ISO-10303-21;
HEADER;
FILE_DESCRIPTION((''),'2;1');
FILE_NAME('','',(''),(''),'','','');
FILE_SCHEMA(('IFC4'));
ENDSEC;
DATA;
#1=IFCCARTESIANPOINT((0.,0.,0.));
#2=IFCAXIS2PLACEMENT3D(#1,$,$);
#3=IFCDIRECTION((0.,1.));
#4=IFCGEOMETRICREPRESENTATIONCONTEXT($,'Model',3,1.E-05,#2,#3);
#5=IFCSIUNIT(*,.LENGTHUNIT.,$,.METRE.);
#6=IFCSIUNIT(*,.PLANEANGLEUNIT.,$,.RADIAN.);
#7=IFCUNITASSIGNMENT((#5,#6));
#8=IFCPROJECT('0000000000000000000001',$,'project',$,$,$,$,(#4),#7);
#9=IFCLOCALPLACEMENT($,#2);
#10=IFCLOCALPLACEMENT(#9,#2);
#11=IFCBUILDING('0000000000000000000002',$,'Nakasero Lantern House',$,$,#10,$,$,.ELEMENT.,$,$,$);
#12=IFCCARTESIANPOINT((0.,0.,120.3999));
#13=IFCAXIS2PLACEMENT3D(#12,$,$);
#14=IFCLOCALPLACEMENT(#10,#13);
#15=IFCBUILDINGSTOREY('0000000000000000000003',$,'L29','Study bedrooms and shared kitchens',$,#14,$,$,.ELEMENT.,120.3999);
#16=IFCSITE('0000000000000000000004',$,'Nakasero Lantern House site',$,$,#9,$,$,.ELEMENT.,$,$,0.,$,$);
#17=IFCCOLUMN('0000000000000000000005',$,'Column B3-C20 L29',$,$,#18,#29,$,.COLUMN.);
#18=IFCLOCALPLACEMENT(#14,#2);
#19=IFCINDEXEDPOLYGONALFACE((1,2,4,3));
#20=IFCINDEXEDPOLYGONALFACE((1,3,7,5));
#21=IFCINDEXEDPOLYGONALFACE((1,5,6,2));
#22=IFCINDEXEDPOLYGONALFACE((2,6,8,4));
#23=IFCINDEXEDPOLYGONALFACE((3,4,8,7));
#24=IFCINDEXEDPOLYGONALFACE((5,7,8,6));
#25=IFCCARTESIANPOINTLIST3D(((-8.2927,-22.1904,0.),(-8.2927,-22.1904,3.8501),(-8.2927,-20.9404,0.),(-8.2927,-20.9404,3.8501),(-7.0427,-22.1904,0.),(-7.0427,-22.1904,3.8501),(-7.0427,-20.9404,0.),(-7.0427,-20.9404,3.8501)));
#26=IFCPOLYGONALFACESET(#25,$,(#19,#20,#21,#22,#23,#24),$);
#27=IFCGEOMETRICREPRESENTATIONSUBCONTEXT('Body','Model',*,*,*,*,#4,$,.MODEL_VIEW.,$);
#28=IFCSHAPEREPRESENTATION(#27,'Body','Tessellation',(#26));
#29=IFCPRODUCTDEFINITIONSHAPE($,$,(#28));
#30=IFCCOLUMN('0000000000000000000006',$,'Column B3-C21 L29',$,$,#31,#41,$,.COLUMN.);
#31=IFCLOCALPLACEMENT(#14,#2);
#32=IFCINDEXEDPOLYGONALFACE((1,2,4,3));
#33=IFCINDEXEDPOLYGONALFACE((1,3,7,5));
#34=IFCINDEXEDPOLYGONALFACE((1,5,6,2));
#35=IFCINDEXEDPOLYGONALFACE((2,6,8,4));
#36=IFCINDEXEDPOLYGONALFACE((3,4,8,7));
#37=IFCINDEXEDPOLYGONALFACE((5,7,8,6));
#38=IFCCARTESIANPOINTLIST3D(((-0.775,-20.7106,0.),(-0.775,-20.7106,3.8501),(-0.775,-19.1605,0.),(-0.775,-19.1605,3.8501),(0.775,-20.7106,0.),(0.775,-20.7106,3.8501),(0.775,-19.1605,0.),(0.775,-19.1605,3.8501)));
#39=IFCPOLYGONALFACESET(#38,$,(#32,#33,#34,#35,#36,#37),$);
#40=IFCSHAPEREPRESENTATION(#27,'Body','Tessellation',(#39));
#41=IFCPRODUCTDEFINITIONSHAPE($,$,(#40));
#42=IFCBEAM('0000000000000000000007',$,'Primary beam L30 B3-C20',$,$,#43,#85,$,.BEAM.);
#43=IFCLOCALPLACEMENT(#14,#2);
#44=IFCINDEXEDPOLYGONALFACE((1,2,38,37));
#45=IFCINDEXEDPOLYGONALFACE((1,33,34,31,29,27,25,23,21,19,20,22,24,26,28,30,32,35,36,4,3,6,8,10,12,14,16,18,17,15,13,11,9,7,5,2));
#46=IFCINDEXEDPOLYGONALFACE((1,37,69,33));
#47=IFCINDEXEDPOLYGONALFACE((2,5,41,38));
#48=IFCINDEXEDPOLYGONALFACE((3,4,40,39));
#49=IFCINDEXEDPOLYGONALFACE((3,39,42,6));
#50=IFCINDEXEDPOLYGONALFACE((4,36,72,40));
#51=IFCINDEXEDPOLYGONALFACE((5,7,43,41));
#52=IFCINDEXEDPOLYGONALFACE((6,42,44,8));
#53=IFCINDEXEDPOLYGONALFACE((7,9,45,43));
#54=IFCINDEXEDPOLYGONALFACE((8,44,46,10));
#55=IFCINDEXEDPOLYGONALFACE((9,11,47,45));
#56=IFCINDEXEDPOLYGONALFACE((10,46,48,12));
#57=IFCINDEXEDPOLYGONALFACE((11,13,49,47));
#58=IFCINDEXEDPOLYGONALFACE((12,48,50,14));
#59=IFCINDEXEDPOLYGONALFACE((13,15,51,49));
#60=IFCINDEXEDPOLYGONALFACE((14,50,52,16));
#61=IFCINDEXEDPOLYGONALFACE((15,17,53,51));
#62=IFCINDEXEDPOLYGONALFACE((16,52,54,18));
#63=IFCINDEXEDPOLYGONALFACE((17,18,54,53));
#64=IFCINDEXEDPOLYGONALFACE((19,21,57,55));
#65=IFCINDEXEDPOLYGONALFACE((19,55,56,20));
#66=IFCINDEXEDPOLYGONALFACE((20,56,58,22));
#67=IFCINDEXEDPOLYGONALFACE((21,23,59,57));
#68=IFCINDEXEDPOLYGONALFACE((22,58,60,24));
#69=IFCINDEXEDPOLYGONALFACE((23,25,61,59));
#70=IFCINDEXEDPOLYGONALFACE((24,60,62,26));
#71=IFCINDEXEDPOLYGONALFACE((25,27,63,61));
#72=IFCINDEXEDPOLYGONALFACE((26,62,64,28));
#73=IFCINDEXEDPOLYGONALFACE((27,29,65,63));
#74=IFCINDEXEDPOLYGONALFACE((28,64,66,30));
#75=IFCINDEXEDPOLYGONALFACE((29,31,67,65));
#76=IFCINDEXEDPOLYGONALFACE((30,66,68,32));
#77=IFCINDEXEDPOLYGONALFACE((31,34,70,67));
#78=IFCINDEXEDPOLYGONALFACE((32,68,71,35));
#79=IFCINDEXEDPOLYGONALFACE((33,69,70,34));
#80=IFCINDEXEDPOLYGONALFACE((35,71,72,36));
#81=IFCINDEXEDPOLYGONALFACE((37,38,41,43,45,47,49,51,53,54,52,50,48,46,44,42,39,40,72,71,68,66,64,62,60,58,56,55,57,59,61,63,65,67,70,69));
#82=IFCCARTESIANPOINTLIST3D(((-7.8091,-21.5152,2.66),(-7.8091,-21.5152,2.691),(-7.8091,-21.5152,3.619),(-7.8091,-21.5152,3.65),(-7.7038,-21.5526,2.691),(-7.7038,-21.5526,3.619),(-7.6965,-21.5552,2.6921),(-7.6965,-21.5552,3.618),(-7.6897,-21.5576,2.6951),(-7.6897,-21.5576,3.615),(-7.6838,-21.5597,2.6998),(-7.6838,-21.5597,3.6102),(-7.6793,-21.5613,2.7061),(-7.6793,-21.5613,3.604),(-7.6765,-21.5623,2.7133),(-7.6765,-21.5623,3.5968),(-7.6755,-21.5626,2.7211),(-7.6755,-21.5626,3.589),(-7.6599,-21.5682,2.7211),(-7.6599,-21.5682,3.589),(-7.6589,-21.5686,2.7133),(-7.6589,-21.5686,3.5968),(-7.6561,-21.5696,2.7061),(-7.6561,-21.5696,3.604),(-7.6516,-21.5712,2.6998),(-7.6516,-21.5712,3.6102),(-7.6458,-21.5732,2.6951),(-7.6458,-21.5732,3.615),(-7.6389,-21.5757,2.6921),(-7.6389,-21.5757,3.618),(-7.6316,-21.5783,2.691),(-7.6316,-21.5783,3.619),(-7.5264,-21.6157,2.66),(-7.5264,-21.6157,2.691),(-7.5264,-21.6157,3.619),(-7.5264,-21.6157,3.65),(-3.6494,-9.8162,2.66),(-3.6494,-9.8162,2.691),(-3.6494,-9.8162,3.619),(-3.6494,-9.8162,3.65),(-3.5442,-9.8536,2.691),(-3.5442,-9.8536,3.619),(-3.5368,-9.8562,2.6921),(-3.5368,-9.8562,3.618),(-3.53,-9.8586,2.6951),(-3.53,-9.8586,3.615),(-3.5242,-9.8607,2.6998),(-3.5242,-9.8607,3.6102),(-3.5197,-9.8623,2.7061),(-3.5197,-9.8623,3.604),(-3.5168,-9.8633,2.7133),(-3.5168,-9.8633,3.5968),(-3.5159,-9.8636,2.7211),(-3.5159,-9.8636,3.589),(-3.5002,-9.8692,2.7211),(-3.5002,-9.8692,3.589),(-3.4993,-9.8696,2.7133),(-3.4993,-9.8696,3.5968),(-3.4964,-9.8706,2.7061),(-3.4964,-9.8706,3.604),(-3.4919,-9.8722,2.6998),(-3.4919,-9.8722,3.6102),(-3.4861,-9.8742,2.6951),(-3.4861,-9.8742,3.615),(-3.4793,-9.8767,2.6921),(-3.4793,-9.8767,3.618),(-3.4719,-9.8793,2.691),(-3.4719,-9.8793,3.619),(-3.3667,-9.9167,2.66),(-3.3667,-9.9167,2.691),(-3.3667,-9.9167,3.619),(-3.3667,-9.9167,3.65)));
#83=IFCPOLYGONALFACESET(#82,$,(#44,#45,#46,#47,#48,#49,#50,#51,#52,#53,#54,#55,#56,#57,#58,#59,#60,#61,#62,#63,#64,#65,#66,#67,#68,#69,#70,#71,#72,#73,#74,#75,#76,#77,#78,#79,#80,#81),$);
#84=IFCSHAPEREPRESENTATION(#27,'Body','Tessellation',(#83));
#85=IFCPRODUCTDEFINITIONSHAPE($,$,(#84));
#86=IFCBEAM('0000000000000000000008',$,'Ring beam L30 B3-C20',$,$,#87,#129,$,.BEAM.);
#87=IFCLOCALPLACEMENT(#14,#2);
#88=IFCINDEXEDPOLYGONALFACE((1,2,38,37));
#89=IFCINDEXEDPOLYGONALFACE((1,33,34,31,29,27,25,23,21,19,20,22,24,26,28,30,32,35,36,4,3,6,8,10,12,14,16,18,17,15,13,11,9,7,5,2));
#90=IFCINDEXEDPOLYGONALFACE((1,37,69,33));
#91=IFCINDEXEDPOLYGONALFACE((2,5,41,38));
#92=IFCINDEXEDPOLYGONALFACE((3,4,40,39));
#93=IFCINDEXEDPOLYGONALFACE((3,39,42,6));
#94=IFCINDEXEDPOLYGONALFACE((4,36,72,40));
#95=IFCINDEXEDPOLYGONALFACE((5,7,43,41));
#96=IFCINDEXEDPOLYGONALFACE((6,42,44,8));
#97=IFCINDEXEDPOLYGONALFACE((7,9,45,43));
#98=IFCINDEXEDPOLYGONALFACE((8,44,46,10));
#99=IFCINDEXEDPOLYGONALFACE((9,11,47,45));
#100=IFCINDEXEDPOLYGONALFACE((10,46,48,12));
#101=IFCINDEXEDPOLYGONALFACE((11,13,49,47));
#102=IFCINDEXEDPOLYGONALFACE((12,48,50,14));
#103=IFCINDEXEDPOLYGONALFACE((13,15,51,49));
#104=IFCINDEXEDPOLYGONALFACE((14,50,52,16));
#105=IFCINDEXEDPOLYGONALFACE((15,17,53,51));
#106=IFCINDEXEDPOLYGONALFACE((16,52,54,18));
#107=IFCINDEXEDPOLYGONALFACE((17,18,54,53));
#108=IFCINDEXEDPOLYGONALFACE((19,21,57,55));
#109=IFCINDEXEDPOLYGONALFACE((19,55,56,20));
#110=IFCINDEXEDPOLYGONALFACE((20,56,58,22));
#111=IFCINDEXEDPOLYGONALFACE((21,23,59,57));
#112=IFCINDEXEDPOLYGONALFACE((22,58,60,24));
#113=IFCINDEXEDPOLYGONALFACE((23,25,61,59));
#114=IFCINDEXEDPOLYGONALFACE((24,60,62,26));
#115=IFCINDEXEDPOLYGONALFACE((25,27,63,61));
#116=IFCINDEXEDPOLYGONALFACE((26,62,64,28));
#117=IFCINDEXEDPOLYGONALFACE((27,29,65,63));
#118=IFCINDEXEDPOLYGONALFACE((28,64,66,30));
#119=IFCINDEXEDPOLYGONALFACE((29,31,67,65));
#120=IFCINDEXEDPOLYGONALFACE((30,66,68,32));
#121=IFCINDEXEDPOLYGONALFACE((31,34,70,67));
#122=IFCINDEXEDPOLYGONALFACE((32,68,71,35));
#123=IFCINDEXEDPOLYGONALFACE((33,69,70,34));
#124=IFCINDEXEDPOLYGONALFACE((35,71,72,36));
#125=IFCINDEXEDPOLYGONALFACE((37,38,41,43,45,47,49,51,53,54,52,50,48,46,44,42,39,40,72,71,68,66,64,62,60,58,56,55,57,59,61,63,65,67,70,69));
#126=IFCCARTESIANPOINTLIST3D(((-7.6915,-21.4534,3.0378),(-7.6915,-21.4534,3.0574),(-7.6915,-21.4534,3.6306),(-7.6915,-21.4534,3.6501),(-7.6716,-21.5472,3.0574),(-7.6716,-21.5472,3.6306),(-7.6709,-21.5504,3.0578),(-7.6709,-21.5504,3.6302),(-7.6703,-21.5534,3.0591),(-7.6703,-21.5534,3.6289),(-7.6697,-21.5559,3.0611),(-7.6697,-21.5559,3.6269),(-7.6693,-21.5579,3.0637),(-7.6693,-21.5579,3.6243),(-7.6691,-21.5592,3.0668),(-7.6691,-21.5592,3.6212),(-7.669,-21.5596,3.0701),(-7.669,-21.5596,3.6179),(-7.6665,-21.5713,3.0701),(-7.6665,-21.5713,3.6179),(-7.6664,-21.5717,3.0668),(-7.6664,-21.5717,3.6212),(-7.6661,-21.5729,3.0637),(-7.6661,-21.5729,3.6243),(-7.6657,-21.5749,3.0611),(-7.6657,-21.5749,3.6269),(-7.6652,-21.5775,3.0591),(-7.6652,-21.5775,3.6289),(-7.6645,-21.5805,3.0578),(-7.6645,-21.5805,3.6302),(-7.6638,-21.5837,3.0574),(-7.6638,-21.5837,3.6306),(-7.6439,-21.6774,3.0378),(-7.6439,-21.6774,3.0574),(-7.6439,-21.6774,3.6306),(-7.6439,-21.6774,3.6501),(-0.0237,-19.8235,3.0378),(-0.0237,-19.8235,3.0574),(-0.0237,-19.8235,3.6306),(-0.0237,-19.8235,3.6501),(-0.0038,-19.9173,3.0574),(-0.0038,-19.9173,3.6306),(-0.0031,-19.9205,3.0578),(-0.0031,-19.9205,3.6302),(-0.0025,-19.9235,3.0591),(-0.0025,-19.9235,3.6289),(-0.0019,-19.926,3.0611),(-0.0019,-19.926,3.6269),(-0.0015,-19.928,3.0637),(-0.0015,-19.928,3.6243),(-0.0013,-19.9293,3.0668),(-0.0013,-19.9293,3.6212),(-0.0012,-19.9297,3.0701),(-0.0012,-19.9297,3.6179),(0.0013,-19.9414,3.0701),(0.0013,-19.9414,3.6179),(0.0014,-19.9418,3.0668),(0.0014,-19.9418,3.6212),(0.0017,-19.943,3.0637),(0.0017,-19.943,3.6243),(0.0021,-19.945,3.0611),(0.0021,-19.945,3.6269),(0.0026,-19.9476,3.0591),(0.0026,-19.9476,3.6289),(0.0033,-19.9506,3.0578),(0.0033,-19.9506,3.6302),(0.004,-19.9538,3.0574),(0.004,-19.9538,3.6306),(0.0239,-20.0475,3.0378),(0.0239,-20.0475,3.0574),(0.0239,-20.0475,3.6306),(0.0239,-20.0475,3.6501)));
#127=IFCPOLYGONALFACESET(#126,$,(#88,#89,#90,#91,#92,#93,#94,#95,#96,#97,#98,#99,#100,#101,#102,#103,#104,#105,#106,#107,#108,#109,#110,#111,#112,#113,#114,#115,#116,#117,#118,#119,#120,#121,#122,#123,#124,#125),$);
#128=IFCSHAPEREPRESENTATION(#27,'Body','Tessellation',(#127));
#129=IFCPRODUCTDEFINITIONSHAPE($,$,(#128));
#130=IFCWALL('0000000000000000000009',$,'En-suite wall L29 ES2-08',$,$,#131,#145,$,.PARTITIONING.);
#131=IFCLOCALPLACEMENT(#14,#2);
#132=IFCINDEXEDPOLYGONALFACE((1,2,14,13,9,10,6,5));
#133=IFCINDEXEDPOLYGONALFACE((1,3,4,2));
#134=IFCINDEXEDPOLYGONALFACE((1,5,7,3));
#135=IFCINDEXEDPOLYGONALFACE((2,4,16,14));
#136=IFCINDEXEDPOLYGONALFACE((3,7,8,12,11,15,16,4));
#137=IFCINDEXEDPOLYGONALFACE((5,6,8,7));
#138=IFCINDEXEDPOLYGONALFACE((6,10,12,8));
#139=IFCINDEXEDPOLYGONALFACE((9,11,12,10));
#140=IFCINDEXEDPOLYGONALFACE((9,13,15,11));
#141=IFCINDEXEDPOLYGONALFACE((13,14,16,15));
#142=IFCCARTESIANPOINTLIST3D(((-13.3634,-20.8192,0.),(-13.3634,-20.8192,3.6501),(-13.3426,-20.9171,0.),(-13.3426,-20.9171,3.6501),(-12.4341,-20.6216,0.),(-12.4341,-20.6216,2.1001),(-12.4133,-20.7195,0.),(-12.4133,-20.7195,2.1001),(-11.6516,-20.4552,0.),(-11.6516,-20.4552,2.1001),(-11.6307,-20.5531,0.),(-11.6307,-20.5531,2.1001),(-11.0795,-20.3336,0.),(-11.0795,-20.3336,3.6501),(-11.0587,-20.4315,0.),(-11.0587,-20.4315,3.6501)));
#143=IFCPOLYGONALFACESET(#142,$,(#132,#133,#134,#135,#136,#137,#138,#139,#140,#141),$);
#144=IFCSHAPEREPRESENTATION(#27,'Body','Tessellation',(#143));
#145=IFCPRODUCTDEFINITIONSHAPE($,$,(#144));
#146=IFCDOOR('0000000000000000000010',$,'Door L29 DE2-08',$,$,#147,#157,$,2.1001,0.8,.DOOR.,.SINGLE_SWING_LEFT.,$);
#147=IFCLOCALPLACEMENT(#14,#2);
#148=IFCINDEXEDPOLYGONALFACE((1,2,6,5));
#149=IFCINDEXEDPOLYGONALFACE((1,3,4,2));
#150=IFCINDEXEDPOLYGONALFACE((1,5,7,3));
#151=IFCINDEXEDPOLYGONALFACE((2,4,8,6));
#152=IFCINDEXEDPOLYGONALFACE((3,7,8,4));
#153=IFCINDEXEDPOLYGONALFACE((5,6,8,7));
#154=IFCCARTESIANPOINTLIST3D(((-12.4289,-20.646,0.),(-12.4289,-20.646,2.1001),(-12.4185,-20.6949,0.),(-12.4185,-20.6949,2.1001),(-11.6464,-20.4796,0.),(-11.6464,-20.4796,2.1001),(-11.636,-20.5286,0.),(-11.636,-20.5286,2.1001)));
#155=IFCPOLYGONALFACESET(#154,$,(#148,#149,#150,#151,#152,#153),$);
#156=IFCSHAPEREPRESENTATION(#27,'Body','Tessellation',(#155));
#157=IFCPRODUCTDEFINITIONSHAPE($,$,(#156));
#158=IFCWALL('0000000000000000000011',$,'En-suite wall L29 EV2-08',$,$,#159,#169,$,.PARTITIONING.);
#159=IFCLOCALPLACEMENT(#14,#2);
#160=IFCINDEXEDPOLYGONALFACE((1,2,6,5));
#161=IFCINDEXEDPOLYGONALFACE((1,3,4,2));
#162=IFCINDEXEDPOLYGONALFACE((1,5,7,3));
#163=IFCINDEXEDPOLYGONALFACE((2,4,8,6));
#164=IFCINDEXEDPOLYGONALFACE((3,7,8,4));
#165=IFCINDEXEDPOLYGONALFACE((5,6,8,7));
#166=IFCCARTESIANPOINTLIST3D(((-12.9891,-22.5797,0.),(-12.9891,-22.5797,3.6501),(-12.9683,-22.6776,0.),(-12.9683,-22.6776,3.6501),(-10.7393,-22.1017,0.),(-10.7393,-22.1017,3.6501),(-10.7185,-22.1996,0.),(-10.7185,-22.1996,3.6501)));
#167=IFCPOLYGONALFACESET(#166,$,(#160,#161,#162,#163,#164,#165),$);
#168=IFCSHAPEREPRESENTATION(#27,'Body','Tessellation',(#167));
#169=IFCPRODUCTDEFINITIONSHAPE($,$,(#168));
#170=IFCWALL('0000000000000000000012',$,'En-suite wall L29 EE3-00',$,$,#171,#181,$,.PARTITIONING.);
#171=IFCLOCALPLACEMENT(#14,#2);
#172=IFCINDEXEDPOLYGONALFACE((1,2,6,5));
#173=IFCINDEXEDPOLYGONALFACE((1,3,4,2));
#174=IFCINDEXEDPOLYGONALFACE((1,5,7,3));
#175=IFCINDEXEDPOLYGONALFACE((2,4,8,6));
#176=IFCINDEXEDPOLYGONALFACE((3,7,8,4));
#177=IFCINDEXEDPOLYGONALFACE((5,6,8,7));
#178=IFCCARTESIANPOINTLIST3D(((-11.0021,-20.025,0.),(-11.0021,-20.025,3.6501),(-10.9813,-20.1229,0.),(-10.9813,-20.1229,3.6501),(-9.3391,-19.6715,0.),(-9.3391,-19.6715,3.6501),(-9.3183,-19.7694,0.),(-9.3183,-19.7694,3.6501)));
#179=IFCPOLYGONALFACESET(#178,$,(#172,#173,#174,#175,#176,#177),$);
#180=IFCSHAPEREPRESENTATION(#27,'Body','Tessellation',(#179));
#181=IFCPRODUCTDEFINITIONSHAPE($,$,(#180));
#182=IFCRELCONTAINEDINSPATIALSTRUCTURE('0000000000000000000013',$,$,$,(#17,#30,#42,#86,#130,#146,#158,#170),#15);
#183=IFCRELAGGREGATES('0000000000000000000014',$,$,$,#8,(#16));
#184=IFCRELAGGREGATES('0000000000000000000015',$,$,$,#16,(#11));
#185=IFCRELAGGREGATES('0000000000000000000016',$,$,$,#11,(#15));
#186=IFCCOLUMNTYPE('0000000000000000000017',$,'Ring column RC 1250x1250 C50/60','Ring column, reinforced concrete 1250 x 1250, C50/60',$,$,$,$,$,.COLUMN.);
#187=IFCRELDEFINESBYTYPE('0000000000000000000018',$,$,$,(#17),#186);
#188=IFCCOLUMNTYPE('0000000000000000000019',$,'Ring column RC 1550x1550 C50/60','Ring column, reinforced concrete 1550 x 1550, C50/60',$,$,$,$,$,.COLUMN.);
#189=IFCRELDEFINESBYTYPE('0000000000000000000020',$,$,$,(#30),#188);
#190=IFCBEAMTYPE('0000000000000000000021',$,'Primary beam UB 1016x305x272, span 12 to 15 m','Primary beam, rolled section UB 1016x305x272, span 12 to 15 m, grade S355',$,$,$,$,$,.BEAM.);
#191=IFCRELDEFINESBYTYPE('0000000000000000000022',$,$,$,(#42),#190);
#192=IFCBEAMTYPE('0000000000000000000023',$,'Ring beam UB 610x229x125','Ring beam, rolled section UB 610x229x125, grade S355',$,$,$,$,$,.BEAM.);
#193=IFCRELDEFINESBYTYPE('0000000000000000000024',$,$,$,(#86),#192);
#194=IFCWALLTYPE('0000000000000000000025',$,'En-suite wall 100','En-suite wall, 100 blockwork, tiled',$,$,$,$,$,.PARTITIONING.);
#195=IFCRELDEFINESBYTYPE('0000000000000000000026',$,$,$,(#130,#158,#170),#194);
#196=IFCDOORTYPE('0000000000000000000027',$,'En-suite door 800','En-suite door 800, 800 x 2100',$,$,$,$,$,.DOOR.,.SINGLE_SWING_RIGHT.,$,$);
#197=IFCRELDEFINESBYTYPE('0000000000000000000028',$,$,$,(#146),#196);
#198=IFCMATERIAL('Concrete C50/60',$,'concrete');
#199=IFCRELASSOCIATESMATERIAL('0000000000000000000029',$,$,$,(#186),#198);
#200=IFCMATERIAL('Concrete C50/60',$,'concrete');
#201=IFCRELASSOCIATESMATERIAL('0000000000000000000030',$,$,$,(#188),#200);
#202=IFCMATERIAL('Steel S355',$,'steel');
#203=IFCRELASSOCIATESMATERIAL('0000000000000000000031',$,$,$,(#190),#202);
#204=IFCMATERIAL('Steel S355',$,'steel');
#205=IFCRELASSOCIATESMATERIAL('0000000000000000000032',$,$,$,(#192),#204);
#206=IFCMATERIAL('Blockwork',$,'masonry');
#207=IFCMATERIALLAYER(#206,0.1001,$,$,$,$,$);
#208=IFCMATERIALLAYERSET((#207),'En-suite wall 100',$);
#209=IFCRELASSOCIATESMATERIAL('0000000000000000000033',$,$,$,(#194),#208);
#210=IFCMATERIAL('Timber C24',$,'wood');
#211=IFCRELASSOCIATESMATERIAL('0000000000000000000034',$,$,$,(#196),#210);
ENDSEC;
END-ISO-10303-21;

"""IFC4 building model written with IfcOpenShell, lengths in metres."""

from ifc_helpers import new_model, si_unit, direction, frame, frame_2d, origin, origin_2d, place, context, subcontext, project, spatial, rectangle, i_section, extrude, material, layer, layer_set, material_profile, profile_set, type_object, element, fill, save


model = new_model("IFC4")

# Units and contexts
model_context = context("Model", 3, precision=1e-05, world=origin(), true_north=direction((0.0, 1.0)))
body_context = subcontext(model_context, "Body", "Model", "MODEL_VIEW")
ifc_project = project(units=[si_unit("LENGTHUNIT", "METRE"), si_unit("PLANEANGLEUNIT", "RADIAN")], contexts=[model_context])

# Site, building, storey
site_placement = place(None, origin())
site = spatial("IfcSite", under=ifc_project, at=site_placement, Name="Nakasero Lantern House site", CompositionType="ELEMENT", RefElevation=0.0)
building_placement = place(site_placement, origin())
building = spatial("IfcBuilding", under=site, at=building_placement, Name="Nakasero Lantern House", CompositionType="ELEMENT")
storey_placement = place(building_placement, frame((0.0, 0.0, 120.3999)))
storey = spatial("IfcBuildingStorey", under=building, at=storey_placement, Name="L29", Description="Study bedrooms and shared kitchens", CompositionType="ELEMENT", Elevation=120.3999)

# Columns
ifc_material_1 = material(Name="Concrete C50/60", Category="concrete")
ifc_material_profile_1 = material_profile(ifc_material_1, rectangle(XDim=1.25, YDim=1.25, at=origin_2d()), Name="RC 1250x1250")
ifc_profile_set_1 = profile_set([ifc_material_profile_1], Name="Concrete C50/60")
column_type_1 = type_object("IfcColumnType", Name="Ring column RC 1250x1250 C50/60", Description="Ring column, reinforced concrete 1250 x 1250, C50/60", PredefinedType="COLUMN", material=ifc_profile_set_1)
column_1_placement = place(storey_placement, frame((-7.6677, -21.5654, 0.0), z_axis=(0.0, 0.0, 1.0), x_axis=(1.0, 0.0, 0.0)))
element("IfcColumn", 1, at=column_1_placement, inside=storey, type_object=column_type_1, Name="Column B3-C20 L29", PredefinedType="COLUMN", context=body_context, shape_type="SweptSolid", body=[
    extrude(rectangle(XDim=1.25, YDim=1.25, at=origin_2d()), origin(), (0.0, 0.0, 1.0), 3.8501),
])
ifc_material_2 = material(Name="Concrete C50/60", Category="concrete")
ifc_material_profile_2 = material_profile(ifc_material_2, rectangle(XDim=1.55, YDim=1.55, at=origin_2d()), Name="RC 1550x1550")
ifc_profile_set_2 = profile_set([ifc_material_profile_2], Name="Concrete C50/60")
column_type_2 = type_object("IfcColumnType", Name="Ring column RC 1550x1550 C50/60", Description="Ring column, reinforced concrete 1550 x 1550, C50/60", PredefinedType="COLUMN", material=ifc_profile_set_2)
column_2_placement = place(storey_placement, frame((0.0, -19.9355, 0.0), z_axis=(0.0, 0.0, 1.0), x_axis=(1.0, 0.0, 0.0)))
element("IfcColumn", 2, at=column_2_placement, inside=storey, type_object=column_type_2, Name="Column B3-C21 L29", PredefinedType="COLUMN", context=body_context, shape_type="SweptSolid", body=[
    extrude(rectangle(XDim=1.55, YDim=1.55, at=origin_2d()), origin(), (0.0, 0.0, 1.0), 3.8501),
])

# Beams
ifc_material_3 = material(Name="Steel S355", Category="steel")
ifc_material_profile_3 = material_profile(ifc_material_3, i_section(OverallWidth=0.3, OverallDepth=0.99, WebThickness=0.0166, FlangeThickness=0.031, FilletRadius=0.03, at=origin_2d()), Name="UB 1016x305x272")
ifc_profile_set_3 = profile_set([ifc_material_profile_3], Name="Steel S355")
beam_type_1 = type_object("IfcBeamType", Name="Primary beam UB 1016x305x272, span 12 to 15 m", Description="Primary beam, rolled section UB 1016x305x272, span 12 to 15 m, grade S355", PredefinedType="BEAM", material=ifc_profile_set_3)
beam_1_placement = place(storey_placement, frame((-7.6677, -21.5654, 3.155), z_axis=(0.335012, 0.942214, 0.0), x_axis=(-0.942214, 0.335012, 0.0)))
element("IfcBeam", 3, at=beam_1_placement, inside=storey, type_object=beam_type_1, Name="Primary beam L30 B3-C20", PredefinedType="BEAM", context=body_context, shape_type="SweptSolid", body=[
    extrude(i_section(OverallWidth=0.3, OverallDepth=0.99, WebThickness=0.0166, FlangeThickness=0.031, FilletRadius=0.03, at=origin_2d()), origin(), (0.0, 0.0, 1.0), 12.4165),
])
ifc_material_4 = material(Name="Steel S355", Category="steel")
ifc_material_profile_4 = material_profile(ifc_material_4, i_section(OverallWidth=0.229, OverallDepth=0.6123, WebThickness=0.012, FlangeThickness=0.0195, FilletRadius=0.0127, at=origin_2d()), Name="UB 610x229x125")
ifc_profile_set_4 = profile_set([ifc_material_profile_4], Name="Steel S355")
beam_type_2 = type_object("IfcBeamType", Name="Ring beam UB 610x229x125", Description="Ring beam, rolled section UB 610x229x125, grade S355", PredefinedType="BEAM", material=ifc_profile_set_4)
beam_2_placement = place(storey_placement, frame((-7.6677, -21.5654, 3.344), z_axis=(0.978146, 0.207919, 0.0), x_axis=(-0.207919, 0.978146, 0.0)))
element("IfcBeam", 4, at=beam_2_placement, inside=storey, type_object=beam_type_2, Name="Ring beam L30 B3-C20", PredefinedType="BEAM", context=body_context, shape_type="SweptSolid", body=[
    extrude(i_section(OverallWidth=0.229, OverallDepth=0.6123, WebThickness=0.012, FlangeThickness=0.0195, FilletRadius=0.0127, at=origin_2d()), origin(), (0.0, 0.0, 1.0), 7.8391),
])

# Wall, opening, door
ifc_material_5 = material(Name="Blockwork", Category="masonry")
ifc_layer_1 = layer(ifc_material_5, 0.1001)
ifc_layer_set_1 = layer_set([ifc_layer_1], Name="En-suite wall 100")
wall_type_1 = type_object("IfcWallType", Name="En-suite wall 100", Description="En-suite wall, 100 blockwork, tiled", PredefinedType="PARTITIONING", material=ifc_layer_set_1)
wall_1_placement = place(storey_placement, frame((-11.0691, -20.3826, 0.0), z_axis=(0.0, 0.0, 1.0), x_axis=(-0.978136, -0.207965, 0.0)))
wall_1 = element("IfcWall", 5, at=wall_1_placement, inside=storey, type_object=wall_type_1, Name="En-suite wall L29 ES2-08", PredefinedType="PARTITIONING", context=body_context, shape_type="SweptSolid", body=[
    extrude(rectangle(XDim=2.335, YDim=0.1001, at=frame_2d((1.1675, 0.0))), origin(), (0.0, 0.0, 1.0), 3.6501),
])
opening_1_placement = place(wall_1_placement, frame((0.585, 0.0, 0.0)))
opening_1 = element("IfcOpeningElement", 6, at=opening_1_placement, cuts=wall_1, PredefinedType="OPENING", context=body_context, shape_type="SweptSolid", body=[
    extrude(rectangle(XDim=0.8, YDim=2.1001, at=frame_2d((0.3999, 1.05))), frame((0.0, 0.0701, 0.0), z_axis=(0.0, -1.0, 0.0), x_axis=(1.0, 0.0, 0.0)), (0.0, 0.0, 1.0), 0.1401),
])
ifc_material_6 = material(Name="Timber C24", Category="wood")
door_type_1 = type_object("IfcDoorType", Name="En-suite door 800", Description="En-suite door 800, 800 x 2100", OperationType="SINGLE_SWING_RIGHT", PredefinedType="DOOR", material=ifc_material_6)
door_1_placement = place(opening_1_placement, origin())
door_1 = element("IfcDoor", 7, at=door_1_placement, inside=storey, type_object=door_type_1, Name="Door L29 DE2-08", OperationType="SINGLE_SWING_LEFT", OverallHeight=2.1001, OverallWidth=0.8, PredefinedType="DOOR", context=body_context, shape_type="SweptSolid", body=[
    extrude(rectangle(XDim=0.8, YDim=2.1001, at=frame_2d((0.3999, 1.05))), frame((0.0, 0.0249, 0.0), z_axis=(0.0, -1.0, 0.0), x_axis=(1.0, 0.0, 0.0)), (0.0, 0.0, 1.0), 0.05),
])
fill(opening_1, door_1)

# Walls
wall_2_placement = place(storey_placement, frame((-10.729, -22.1506, 0.0), z_axis=(0.0, 0.0, 1.0), x_axis=(-0.978163, -0.20784, 0.0)))
element("IfcWall", 8, at=wall_2_placement, inside=storey, type_object=wall_type_1, Name="En-suite wall L29 EV2-08", PredefinedType="PARTITIONING", context=body_context, shape_type="SweptSolid", body=[
    extrude(rectangle(XDim=2.3, YDim=0.1001, at=frame_2d((1.1499, 0.0))), origin(), (0.0, 0.0, 1.0), 3.6501),
])
wall_3_placement = place(storey_placement, frame((-10.9917, -20.074, 0.0), z_axis=(0.0, 0.0, 1.0), x_axis=(0.978146, 0.207921, 0.0)))
element("IfcWall", 9, at=wall_3_placement, inside=storey, type_object=wall_type_1, Name="En-suite wall L29 EE3-00", PredefinedType="PARTITIONING", context=body_context, shape_type="SweptSolid", body=[
    extrude(rectangle(XDim=1.7002, YDim=0.1001, at=frame_2d((0.8501, 0.0))), origin(), (0.0, 0.0, 1.0), 3.6501),
])

save(model, "model.ifc")
